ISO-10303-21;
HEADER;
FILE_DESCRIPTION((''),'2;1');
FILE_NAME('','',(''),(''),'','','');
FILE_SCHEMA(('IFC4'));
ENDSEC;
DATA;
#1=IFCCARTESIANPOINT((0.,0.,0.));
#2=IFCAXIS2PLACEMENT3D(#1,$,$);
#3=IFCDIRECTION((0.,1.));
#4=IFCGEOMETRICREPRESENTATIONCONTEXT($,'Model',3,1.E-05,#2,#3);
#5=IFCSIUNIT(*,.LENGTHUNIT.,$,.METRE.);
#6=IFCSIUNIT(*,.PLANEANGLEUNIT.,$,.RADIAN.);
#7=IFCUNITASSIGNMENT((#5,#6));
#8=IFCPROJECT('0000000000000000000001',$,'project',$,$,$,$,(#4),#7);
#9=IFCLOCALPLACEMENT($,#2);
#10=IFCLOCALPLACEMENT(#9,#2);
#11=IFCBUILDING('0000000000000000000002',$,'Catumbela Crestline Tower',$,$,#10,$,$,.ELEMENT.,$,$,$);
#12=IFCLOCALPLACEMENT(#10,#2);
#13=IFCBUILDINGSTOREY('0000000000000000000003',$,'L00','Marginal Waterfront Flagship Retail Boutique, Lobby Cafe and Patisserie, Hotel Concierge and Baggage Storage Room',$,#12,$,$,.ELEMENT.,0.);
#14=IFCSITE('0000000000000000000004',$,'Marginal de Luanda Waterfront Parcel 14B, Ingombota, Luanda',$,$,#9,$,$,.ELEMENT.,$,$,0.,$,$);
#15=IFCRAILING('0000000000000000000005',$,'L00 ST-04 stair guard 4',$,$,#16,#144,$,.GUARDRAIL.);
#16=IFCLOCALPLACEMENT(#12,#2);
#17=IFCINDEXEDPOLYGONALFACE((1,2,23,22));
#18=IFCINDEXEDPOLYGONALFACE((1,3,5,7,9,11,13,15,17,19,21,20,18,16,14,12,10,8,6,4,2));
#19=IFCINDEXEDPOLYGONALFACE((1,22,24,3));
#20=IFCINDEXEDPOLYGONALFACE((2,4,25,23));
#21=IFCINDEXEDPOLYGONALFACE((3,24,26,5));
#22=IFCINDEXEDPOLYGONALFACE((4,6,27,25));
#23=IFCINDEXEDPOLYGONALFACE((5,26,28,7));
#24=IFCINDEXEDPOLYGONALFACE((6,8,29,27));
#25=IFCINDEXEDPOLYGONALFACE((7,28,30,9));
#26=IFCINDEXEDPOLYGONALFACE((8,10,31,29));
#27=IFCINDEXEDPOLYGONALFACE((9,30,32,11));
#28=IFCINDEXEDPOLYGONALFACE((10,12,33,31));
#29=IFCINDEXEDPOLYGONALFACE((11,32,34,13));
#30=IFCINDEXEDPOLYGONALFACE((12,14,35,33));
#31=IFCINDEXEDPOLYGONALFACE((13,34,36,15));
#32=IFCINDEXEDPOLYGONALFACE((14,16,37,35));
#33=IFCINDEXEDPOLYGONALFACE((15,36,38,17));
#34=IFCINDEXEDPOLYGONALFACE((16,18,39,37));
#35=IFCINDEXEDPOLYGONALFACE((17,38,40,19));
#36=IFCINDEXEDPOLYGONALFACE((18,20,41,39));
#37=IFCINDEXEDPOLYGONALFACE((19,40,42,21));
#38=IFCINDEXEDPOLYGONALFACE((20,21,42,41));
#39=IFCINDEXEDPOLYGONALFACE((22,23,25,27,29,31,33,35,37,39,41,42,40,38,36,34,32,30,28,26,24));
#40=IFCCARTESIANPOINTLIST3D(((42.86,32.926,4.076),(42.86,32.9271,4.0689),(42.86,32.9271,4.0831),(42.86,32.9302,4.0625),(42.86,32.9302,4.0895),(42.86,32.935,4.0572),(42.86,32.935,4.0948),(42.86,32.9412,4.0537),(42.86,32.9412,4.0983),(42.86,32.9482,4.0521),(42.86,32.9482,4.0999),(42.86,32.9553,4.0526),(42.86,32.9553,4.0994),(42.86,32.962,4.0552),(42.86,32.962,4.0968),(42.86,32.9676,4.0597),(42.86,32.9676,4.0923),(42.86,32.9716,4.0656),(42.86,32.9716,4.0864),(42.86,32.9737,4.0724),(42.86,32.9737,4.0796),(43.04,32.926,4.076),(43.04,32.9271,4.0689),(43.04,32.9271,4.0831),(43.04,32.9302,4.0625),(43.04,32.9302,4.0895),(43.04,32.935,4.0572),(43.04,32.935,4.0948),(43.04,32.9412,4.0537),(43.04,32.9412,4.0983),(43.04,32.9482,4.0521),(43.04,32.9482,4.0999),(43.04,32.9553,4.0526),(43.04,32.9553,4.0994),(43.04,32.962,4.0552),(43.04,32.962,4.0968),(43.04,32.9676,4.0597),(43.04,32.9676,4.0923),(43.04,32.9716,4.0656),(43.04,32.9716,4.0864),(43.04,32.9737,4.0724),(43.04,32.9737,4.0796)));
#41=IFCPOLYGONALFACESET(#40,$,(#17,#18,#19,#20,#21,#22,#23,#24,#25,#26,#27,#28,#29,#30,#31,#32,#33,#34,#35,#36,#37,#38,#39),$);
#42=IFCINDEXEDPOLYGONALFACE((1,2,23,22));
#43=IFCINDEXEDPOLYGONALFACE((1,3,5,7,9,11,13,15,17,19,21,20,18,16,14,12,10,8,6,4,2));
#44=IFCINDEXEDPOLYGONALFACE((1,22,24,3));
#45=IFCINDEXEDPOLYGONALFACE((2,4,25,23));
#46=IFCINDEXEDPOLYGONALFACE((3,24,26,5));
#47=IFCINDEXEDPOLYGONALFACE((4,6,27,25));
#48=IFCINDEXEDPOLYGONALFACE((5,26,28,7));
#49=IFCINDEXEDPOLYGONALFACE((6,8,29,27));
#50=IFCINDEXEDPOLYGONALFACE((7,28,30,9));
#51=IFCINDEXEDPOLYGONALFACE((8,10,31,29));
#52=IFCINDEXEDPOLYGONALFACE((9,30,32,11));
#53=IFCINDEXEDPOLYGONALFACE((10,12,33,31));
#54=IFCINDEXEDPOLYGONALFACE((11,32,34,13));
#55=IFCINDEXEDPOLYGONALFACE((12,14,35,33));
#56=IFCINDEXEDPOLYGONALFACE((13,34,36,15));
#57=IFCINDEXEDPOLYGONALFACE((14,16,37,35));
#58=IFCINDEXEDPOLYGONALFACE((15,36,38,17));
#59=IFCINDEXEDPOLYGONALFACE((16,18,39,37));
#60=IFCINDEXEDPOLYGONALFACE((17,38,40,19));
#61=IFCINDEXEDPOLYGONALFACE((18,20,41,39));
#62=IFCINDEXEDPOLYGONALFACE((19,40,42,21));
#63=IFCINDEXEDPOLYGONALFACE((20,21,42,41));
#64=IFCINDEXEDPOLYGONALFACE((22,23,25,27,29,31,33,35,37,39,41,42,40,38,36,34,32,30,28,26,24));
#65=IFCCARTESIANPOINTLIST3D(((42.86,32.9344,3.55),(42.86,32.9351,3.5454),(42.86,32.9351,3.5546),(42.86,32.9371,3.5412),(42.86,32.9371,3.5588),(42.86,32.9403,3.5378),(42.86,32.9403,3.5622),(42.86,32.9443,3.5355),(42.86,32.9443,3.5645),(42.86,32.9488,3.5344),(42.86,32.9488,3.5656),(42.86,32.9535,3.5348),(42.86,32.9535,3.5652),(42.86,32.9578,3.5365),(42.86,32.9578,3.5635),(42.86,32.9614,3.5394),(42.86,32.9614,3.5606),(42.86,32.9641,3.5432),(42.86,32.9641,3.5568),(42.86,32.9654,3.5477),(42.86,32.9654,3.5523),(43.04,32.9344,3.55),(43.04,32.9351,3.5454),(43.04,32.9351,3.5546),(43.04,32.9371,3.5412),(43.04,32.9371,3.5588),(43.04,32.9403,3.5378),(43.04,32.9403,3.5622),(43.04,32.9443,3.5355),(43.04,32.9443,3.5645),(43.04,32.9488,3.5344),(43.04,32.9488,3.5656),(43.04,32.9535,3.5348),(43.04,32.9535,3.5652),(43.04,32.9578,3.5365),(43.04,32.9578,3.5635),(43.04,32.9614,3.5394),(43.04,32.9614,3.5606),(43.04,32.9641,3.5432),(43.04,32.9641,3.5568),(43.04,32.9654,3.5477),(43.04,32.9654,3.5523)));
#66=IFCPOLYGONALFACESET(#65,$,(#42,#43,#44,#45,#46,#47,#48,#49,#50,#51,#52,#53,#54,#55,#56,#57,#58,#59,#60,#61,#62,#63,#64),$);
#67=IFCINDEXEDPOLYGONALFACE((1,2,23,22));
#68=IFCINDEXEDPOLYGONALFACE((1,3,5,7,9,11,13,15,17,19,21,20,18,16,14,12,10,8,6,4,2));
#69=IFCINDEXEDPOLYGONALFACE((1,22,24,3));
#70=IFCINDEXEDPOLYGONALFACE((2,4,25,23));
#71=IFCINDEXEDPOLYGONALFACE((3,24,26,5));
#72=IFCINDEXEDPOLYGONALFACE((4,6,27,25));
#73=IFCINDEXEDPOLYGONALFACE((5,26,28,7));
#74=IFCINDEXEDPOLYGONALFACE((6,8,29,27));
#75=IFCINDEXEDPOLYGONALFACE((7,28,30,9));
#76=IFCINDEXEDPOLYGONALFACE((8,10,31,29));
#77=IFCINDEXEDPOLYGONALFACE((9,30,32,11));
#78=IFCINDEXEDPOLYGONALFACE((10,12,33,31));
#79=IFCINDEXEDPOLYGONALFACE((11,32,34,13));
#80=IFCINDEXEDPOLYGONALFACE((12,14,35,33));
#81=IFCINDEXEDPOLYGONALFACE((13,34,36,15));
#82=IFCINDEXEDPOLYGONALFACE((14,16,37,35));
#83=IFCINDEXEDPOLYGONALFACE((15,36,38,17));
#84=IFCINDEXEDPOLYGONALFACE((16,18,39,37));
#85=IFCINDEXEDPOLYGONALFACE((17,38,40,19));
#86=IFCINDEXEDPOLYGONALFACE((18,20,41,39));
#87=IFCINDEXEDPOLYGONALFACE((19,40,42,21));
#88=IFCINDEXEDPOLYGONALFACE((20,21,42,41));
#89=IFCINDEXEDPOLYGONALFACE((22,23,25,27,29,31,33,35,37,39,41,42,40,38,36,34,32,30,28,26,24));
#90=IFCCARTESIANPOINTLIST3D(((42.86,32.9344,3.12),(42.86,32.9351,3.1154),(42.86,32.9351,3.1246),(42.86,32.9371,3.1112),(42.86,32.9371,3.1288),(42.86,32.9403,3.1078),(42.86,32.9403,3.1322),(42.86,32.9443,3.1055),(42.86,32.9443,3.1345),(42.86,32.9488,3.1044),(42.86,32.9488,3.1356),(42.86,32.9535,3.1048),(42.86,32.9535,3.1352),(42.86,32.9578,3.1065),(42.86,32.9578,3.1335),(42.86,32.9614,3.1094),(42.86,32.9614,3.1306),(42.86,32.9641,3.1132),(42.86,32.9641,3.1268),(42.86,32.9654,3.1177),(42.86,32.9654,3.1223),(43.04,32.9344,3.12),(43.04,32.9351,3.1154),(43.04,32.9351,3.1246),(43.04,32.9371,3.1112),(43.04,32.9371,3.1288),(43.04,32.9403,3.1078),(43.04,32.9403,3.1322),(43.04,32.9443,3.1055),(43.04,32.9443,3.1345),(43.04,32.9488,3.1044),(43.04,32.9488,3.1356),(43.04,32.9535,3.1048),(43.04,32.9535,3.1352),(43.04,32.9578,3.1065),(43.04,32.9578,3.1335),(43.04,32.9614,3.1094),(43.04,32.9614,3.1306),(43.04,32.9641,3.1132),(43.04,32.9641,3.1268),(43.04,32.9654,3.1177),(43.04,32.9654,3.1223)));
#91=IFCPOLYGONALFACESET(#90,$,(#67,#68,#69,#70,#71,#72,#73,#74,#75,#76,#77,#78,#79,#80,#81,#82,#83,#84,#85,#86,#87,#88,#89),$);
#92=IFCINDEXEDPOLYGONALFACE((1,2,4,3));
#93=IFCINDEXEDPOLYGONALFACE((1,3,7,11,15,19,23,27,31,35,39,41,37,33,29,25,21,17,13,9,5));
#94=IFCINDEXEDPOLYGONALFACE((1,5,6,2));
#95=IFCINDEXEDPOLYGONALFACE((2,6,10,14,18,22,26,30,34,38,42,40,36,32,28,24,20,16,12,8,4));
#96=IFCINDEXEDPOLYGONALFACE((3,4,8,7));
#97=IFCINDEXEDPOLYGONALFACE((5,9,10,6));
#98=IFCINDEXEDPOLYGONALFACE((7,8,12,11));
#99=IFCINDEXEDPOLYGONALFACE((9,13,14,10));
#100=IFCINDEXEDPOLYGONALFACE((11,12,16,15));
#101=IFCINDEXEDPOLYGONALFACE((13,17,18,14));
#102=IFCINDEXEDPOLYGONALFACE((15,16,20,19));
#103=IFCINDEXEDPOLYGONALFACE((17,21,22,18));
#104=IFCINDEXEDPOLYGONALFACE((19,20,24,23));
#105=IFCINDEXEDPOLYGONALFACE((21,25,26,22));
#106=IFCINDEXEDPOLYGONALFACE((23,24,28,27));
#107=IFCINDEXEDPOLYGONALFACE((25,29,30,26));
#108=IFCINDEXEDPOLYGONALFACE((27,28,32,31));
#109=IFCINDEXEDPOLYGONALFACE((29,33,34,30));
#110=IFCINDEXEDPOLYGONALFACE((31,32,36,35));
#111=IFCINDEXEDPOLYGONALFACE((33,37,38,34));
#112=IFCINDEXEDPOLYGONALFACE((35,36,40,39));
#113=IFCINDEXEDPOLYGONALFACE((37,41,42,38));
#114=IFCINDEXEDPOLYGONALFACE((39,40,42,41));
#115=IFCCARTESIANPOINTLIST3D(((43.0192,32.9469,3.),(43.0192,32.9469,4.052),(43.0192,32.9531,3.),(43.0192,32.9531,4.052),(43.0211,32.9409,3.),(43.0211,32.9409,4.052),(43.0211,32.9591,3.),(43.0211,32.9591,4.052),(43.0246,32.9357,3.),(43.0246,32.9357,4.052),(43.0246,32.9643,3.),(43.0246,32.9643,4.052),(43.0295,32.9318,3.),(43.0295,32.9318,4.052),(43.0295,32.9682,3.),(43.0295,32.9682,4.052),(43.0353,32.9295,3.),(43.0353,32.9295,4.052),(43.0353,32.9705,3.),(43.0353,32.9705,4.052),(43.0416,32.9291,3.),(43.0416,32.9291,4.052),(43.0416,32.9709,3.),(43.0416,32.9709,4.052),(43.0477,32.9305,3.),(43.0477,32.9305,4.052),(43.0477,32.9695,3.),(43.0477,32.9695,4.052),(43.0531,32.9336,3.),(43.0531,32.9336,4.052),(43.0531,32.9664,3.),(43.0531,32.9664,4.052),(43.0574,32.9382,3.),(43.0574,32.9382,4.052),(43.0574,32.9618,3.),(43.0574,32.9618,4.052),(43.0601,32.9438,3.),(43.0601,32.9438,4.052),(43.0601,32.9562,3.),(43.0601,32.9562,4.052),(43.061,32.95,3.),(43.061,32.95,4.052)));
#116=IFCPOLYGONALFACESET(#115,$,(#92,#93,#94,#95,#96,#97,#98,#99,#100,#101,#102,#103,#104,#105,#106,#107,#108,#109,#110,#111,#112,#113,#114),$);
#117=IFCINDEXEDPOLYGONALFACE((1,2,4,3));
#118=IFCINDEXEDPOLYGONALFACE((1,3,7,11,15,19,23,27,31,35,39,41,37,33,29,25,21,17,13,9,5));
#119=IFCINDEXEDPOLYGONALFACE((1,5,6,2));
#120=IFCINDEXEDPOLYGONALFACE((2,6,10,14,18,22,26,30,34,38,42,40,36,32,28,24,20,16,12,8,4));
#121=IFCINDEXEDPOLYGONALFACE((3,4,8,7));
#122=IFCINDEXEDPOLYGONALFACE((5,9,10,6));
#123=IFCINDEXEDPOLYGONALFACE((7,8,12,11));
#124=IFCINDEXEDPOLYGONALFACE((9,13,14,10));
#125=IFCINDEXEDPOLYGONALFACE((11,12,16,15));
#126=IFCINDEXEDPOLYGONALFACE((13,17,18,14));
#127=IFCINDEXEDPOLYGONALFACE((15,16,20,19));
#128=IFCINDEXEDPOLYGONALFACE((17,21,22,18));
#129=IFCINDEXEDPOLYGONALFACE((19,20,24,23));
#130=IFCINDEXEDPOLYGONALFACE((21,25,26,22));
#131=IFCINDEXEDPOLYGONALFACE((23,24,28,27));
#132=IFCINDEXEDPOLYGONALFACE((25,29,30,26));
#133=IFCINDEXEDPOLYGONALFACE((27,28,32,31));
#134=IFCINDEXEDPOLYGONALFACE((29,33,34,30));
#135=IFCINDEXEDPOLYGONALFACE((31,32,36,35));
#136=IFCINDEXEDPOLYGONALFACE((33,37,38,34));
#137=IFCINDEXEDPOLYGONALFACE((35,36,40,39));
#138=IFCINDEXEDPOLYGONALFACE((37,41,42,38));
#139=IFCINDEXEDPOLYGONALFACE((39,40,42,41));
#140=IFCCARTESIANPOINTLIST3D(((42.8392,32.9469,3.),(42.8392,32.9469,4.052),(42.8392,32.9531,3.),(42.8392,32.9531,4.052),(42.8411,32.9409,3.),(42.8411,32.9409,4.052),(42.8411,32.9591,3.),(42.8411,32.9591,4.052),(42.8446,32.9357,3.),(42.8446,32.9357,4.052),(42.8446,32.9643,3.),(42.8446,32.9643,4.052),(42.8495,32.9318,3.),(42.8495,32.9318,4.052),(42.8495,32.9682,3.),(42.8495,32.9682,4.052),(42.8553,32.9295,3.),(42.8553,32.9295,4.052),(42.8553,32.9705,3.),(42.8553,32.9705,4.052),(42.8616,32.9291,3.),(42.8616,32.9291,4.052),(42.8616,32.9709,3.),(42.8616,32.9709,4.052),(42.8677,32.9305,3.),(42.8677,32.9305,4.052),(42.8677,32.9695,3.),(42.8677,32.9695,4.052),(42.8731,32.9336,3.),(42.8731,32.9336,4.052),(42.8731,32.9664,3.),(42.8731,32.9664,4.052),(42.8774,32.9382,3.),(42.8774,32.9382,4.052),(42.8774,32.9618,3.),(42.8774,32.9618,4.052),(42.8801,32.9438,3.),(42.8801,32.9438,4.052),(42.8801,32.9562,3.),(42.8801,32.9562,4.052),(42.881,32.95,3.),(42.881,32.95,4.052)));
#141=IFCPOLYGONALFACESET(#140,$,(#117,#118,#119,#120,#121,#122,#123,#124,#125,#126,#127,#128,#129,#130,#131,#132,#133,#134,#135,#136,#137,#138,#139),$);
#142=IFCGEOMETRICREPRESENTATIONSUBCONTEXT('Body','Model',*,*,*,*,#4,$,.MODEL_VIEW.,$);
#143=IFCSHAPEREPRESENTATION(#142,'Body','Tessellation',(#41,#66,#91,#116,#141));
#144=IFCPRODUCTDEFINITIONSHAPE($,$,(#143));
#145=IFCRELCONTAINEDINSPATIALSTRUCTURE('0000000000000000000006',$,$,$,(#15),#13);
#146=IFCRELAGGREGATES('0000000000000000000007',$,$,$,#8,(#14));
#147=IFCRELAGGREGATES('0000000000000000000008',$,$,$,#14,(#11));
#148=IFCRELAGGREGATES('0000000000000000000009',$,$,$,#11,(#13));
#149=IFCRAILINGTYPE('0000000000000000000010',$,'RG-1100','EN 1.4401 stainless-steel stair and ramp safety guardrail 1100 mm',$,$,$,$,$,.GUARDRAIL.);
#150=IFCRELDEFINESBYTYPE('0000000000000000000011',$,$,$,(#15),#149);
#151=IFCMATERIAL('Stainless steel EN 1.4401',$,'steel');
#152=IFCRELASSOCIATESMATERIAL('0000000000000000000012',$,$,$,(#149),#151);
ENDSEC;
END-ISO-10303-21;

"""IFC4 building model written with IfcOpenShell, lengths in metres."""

from ifc_helpers import new_model, si_unit, direction, frame, origin, origin_2d, place, context, subcontext, project, spatial, circle, extrude, material, type_object, element, save


model = new_model("IFC4")

# Units and contexts
model_context = context("Model", 3, precision=1e-05, world=origin(), true_north=direction((0.0, 1.0)))
body_context = subcontext(model_context, "Body", "Model", "MODEL_VIEW")
ifc_project = project(units=[si_unit("LENGTHUNIT", "METRE"), si_unit("PLANEANGLEUNIT", "RADIAN")], contexts=[model_context])

# Site, building, storey
site_placement = place(None, origin())
site = spatial("IfcSite", under=ifc_project, at=site_placement, Name="Marginal de Luanda Waterfront Parcel 14B, Ingombota, Luanda", CompositionType="ELEMENT", RefElevation=0.0)
building_placement = place(site_placement, origin())
building = spatial("IfcBuilding", under=site, at=building_placement, Name="Catumbela Crestline Tower", CompositionType="ELEMENT")
storey_placement = place(building_placement, origin())
storey = spatial("IfcBuildingStorey", under=building, at=storey_placement, Name="L00", Description="Marginal Waterfront Flagship Retail Boutique, Lobby Cafe and Patisserie, Hotel Concierge and Baggage Storage Room", CompositionType="ELEMENT", Elevation=0.0)

# Shared definitions
ifc_material_1 = material(Name="Stainless steel EN 1.4401", Category="steel")

# Railing
railing_type_1 = type_object("IfcRailingType", Name="RG-1100", Description="EN 1.4401 stainless-steel stair and ramp safety guardrail 1100 mm", PredefinedType="GUARDRAIL", material=ifc_material_1)
railing_1_placement = place(storey_placement, frame((43.04, 32.95, 3.0)))
element("IfcRailing", 1, at=railing_1_placement, inside=storey, type_object=railing_type_1, Name="L00 ST-04 stair guard 4", PredefinedType="GUARDRAIL", context=body_context, shape_type="SweptSolid", body=[
    extrude(circle(Radius=0.024, at=origin_2d()), frame((0.0, 0.0, 1.076), z_axis=(-1.0, 0.0, 0.0), x_axis=(0.0, -1.0, 0.0)), (0.0, 0.0, 1.0), 0.18),
    extrude(circle(Radius=0.0156, at=origin_2d()), frame((0.0, 0.0, 0.55), z_axis=(-1.0, 0.0, 0.0), x_axis=(0.0, -1.0, 0.0)), (0.0, 0.0, 1.0), 0.18),
    extrude(circle(Radius=0.0156, at=origin_2d()), frame((0.0, 0.0, 0.12), z_axis=(-1.0, 0.0, 0.0), x_axis=(0.0, -1.0, 0.0)), (0.0, 0.0, 1.0), 0.18),
    extrude(circle(Radius=0.021, at=origin_2d()), origin(), (0.0, 0.0, 1.0), 1.052),
    extrude(circle(Radius=0.021, at=origin_2d()), frame((-0.18, 0.0, 0.0)), (0.0, 0.0, 1.0), 1.052),
])

save(model, "model.ifc")
